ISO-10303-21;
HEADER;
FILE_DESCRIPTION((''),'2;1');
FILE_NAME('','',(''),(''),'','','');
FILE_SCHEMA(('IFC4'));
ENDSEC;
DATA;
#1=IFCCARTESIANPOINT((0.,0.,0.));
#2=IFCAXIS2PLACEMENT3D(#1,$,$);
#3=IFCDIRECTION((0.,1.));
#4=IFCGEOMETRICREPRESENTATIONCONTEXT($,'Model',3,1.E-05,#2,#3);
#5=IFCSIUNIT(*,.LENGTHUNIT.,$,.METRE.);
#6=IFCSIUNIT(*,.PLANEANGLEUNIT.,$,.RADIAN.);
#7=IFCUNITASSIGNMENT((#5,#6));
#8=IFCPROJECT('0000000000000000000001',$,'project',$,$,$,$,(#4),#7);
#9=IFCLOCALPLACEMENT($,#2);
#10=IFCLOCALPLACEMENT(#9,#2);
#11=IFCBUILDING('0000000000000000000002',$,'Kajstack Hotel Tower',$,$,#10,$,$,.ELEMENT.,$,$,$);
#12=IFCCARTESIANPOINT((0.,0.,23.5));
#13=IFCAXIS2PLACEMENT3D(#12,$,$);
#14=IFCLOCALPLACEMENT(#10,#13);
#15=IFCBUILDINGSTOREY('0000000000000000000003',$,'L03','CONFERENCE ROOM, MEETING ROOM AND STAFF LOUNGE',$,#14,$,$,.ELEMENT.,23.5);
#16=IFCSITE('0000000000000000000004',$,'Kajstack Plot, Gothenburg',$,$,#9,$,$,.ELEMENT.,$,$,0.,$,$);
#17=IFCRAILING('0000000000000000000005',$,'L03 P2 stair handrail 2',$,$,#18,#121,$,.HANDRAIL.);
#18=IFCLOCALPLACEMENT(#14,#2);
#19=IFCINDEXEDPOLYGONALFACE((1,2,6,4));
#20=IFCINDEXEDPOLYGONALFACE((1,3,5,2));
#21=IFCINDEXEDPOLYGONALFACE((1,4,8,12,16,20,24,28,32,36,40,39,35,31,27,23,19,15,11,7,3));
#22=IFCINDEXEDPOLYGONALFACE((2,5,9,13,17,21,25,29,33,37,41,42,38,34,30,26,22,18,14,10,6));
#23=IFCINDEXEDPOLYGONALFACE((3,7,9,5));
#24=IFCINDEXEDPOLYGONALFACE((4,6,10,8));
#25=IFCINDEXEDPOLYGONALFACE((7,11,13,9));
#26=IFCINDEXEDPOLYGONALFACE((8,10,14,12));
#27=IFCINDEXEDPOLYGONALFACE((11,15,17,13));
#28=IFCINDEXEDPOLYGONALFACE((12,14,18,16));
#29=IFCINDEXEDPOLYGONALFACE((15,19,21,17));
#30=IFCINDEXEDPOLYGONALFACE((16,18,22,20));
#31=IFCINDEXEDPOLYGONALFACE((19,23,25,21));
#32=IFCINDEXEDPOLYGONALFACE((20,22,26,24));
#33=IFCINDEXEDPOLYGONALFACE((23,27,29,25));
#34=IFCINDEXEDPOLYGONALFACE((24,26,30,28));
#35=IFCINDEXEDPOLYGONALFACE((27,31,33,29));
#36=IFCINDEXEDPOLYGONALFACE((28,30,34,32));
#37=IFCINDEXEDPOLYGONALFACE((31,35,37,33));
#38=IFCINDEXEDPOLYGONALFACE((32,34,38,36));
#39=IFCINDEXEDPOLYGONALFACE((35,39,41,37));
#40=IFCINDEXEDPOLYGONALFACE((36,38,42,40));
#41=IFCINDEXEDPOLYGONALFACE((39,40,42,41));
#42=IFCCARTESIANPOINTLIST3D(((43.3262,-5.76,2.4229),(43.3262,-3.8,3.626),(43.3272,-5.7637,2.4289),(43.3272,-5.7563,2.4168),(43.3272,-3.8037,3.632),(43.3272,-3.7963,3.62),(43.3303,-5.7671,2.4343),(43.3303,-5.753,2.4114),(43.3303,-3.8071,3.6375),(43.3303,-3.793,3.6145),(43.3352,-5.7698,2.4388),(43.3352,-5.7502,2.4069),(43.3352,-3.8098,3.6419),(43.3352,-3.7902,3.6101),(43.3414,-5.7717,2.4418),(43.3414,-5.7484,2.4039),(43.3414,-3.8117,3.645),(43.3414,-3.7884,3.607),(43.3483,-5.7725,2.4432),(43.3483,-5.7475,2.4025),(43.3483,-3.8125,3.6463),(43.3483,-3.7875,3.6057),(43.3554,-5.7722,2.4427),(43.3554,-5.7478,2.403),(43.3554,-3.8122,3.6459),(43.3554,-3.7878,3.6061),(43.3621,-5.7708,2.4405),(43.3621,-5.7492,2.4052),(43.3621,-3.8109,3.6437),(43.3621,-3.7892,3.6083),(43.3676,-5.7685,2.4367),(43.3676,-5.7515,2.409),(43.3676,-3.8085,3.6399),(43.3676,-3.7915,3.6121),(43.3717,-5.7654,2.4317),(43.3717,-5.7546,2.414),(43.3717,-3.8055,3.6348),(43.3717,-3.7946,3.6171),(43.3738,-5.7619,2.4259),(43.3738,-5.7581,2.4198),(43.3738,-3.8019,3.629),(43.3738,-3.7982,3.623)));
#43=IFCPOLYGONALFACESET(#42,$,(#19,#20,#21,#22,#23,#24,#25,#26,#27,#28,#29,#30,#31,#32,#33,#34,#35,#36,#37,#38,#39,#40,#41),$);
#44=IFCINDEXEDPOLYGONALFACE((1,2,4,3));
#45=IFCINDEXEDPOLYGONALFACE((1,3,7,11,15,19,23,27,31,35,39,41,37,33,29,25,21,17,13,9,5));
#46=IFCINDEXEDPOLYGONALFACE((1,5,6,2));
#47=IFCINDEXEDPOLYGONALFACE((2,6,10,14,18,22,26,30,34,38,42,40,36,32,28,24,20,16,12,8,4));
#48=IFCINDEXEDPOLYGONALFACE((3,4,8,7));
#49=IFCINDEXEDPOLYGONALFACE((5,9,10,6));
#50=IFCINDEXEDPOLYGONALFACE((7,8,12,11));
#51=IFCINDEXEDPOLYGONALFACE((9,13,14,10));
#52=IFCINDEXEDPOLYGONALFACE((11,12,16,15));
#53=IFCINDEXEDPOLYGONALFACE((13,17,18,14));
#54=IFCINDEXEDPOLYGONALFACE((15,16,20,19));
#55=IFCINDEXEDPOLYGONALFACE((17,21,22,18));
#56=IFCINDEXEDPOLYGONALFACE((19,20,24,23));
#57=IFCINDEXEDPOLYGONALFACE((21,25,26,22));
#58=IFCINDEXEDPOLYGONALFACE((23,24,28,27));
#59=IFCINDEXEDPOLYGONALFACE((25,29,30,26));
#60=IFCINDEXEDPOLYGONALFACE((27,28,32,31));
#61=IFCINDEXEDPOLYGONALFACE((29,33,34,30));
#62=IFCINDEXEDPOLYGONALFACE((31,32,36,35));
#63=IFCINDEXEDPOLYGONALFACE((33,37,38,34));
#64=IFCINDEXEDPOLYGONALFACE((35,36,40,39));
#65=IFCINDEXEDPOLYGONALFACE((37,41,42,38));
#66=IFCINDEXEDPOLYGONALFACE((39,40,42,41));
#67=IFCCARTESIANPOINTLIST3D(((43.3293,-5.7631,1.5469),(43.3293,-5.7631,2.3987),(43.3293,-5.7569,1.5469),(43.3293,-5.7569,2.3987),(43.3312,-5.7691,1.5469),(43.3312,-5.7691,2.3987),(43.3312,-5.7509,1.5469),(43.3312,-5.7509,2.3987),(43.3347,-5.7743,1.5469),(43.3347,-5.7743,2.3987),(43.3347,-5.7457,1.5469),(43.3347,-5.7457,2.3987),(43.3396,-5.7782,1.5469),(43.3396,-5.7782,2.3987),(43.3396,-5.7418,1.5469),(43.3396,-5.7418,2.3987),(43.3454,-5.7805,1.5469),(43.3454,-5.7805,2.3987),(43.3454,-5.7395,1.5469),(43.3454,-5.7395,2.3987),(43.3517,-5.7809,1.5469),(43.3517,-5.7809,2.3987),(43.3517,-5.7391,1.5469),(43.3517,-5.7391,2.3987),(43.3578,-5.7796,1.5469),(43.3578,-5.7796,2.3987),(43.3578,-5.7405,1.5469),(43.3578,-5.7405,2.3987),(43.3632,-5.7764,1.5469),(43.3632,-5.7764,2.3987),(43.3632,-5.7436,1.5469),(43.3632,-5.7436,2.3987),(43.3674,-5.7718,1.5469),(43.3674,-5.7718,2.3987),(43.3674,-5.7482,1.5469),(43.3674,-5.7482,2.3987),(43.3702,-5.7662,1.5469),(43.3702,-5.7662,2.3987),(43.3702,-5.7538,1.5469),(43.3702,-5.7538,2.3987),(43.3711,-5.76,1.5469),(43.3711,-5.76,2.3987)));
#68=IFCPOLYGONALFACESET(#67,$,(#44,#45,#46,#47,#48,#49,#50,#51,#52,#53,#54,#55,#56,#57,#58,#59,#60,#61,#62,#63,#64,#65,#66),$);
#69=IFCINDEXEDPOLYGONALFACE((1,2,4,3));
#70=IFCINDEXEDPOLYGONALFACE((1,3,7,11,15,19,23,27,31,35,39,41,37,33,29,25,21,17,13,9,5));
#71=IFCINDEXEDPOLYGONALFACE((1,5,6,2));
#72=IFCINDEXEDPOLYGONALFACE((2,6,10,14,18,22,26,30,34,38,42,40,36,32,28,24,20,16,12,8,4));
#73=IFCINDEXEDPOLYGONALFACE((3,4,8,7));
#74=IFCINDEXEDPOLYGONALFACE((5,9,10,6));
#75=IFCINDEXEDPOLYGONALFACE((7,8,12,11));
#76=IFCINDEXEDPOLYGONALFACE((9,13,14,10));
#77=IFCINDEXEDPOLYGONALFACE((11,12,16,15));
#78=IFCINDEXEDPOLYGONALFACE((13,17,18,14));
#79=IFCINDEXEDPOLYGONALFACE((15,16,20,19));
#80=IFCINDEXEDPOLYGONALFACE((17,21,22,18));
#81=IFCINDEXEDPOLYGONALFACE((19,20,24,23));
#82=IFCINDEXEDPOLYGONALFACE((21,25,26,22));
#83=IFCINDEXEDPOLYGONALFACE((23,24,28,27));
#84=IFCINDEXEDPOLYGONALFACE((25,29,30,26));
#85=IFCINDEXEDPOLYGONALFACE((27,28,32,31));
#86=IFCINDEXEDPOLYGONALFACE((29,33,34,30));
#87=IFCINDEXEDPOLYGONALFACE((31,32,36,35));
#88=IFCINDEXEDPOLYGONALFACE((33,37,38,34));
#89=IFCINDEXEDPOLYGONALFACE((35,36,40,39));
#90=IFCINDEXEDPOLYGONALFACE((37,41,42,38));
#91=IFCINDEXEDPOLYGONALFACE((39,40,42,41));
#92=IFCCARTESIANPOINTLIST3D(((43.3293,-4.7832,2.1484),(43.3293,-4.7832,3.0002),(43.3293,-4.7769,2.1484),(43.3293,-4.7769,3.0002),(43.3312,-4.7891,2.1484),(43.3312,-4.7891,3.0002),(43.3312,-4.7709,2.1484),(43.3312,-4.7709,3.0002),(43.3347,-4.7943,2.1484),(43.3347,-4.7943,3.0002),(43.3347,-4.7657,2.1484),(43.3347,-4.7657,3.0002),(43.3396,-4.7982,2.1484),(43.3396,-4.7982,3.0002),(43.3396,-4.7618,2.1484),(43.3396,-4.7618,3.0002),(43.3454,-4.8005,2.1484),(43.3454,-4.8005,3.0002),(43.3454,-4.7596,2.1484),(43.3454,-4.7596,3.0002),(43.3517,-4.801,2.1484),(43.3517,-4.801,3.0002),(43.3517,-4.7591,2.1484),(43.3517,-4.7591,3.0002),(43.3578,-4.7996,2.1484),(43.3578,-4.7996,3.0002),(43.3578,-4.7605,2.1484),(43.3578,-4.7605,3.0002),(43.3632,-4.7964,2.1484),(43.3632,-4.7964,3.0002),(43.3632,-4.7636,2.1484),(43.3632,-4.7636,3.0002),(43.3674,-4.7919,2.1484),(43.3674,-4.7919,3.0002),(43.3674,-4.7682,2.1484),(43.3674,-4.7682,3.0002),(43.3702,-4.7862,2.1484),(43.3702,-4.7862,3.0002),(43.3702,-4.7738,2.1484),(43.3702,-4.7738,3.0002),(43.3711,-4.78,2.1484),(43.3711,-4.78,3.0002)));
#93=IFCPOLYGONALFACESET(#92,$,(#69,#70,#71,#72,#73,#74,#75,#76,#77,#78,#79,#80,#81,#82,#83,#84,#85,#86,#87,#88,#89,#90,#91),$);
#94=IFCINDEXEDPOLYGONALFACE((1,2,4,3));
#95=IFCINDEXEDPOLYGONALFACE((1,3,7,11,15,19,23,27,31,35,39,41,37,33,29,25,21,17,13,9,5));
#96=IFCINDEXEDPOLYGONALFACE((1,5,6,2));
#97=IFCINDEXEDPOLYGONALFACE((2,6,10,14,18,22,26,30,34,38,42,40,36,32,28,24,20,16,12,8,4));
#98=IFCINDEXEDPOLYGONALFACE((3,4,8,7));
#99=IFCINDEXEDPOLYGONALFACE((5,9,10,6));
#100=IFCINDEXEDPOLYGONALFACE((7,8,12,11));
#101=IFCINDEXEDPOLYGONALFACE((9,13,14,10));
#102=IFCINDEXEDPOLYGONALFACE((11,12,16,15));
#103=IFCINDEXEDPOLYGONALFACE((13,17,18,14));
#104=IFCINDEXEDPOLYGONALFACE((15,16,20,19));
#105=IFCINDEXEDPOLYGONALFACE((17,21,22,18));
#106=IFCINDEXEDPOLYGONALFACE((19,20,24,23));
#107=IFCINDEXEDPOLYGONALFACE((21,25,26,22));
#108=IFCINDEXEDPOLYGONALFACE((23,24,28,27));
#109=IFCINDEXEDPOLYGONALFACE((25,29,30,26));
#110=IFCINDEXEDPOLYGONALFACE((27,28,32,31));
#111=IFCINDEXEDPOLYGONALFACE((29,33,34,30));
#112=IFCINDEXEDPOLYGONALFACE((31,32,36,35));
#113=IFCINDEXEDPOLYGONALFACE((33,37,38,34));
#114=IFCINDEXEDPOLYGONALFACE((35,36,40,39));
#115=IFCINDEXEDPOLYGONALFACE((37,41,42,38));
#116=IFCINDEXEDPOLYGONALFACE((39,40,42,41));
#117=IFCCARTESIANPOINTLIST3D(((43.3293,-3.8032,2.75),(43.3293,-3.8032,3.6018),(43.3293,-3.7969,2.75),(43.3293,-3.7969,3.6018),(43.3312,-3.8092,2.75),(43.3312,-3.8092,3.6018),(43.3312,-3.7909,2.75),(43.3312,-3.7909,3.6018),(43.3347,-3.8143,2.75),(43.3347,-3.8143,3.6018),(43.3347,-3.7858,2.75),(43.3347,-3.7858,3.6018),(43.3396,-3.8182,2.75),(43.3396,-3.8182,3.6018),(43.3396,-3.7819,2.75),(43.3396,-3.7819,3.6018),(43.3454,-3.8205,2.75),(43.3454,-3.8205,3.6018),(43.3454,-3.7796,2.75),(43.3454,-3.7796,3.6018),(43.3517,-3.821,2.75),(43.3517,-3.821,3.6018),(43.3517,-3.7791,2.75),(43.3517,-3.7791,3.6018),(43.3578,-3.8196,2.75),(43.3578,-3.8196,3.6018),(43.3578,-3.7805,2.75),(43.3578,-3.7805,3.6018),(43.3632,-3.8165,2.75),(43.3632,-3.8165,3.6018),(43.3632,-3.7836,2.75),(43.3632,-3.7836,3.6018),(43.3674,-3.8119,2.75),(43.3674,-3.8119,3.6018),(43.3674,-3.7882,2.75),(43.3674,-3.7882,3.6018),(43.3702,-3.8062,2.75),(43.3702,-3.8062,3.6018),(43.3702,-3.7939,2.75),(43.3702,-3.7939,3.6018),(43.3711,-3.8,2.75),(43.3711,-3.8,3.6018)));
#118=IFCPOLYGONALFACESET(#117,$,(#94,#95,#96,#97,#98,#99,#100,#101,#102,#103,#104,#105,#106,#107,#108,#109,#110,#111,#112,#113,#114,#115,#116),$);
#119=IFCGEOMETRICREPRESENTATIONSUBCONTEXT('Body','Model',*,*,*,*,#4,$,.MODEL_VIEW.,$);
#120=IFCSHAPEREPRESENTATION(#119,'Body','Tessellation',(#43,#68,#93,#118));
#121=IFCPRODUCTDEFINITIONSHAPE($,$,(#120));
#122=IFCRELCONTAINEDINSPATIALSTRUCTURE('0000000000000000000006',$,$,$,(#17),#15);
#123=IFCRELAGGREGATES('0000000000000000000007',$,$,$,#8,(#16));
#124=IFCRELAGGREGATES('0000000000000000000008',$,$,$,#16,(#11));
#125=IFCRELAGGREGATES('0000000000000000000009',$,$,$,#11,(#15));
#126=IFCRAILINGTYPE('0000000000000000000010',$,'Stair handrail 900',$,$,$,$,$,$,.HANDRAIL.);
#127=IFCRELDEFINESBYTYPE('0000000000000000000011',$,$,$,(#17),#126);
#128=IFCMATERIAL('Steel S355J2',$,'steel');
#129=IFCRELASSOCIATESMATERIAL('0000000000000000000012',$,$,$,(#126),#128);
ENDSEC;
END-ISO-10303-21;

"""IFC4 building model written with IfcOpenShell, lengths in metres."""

from ifc_helpers import new_model, si_unit, direction, frame, origin, origin_2d, place, context, subcontext, project, spatial, circle, extrude, material, type_object, element, save


model = new_model("IFC4")

# Units and contexts
model_context = context("Model", 3, precision=1e-05, world=origin(), true_north=direction((0.0, 1.0)))
body_context = subcontext(model_context, "Body", "Model", "MODEL_VIEW")
ifc_project = project(units=[si_unit("LENGTHUNIT", "METRE"), si_unit("PLANEANGLEUNIT", "RADIAN")], contexts=[model_context])

# Site, building, storey
site_placement = place(None, origin())
site = spatial("IfcSite", under=ifc_project, at=site_placement, Name="Kajstack Plot, Gothenburg", CompositionType="ELEMENT", RefElevation=0.0)
building_placement = place(site_placement, origin())
building = spatial("IfcBuilding", under=site, at=building_placement, Name="Kajstack Hotel Tower", CompositionType="ELEMENT")
storey_placement = place(building_placement, frame((0.0, 0.0, 23.5)))
storey = spatial("IfcBuildingStorey", under=building, at=storey_placement, Name="L03", Description="CONFERENCE ROOM, MEETING ROOM AND STAFF LOUNGE", CompositionType="ELEMENT", Elevation=23.5)

# Railing
ifc_material_1 = material(Name="Steel S355J2", Category="steel")
railing_type_1 = type_object("IfcRailingType", Name="Stair handrail 900", PredefinedType="HANDRAIL", material=ifc_material_1)
railing_1_placement = place(storey_placement, frame((43.3501, -5.76, 1.5469)))
element("IfcRailing", 1, at=railing_1_placement, inside=storey, type_object=railing_type_1, Name="L03 P2 stair handrail 2", PredefinedType="HANDRAIL", context=body_context, shape_type="SweptSolid", body=[
    extrude(circle(Radius=0.0239, at=origin_2d()), frame((0.0, 0.0, 0.876), z_axis=(0.0, 0.852241, 0.523149), x_axis=(-1.0, 0.0, 0.0)), (0.0, 0.0, 1.0), 2.2998),
    extrude(circle(Radius=0.021, at=origin_2d()), origin(), (0.0, 0.0, 1.0), 0.8518),
    extrude(circle(Radius=0.021, at=origin_2d()), frame((0.0, 0.98, 0.6016)), (0.0, 0.0, 1.0), 0.8518),
    extrude(circle(Radius=0.021, at=origin_2d()), frame((0.0, 1.96, 1.2031)), (0.0, 0.0, 1.0), 0.8518),
])

save(model, "model.ifc")
